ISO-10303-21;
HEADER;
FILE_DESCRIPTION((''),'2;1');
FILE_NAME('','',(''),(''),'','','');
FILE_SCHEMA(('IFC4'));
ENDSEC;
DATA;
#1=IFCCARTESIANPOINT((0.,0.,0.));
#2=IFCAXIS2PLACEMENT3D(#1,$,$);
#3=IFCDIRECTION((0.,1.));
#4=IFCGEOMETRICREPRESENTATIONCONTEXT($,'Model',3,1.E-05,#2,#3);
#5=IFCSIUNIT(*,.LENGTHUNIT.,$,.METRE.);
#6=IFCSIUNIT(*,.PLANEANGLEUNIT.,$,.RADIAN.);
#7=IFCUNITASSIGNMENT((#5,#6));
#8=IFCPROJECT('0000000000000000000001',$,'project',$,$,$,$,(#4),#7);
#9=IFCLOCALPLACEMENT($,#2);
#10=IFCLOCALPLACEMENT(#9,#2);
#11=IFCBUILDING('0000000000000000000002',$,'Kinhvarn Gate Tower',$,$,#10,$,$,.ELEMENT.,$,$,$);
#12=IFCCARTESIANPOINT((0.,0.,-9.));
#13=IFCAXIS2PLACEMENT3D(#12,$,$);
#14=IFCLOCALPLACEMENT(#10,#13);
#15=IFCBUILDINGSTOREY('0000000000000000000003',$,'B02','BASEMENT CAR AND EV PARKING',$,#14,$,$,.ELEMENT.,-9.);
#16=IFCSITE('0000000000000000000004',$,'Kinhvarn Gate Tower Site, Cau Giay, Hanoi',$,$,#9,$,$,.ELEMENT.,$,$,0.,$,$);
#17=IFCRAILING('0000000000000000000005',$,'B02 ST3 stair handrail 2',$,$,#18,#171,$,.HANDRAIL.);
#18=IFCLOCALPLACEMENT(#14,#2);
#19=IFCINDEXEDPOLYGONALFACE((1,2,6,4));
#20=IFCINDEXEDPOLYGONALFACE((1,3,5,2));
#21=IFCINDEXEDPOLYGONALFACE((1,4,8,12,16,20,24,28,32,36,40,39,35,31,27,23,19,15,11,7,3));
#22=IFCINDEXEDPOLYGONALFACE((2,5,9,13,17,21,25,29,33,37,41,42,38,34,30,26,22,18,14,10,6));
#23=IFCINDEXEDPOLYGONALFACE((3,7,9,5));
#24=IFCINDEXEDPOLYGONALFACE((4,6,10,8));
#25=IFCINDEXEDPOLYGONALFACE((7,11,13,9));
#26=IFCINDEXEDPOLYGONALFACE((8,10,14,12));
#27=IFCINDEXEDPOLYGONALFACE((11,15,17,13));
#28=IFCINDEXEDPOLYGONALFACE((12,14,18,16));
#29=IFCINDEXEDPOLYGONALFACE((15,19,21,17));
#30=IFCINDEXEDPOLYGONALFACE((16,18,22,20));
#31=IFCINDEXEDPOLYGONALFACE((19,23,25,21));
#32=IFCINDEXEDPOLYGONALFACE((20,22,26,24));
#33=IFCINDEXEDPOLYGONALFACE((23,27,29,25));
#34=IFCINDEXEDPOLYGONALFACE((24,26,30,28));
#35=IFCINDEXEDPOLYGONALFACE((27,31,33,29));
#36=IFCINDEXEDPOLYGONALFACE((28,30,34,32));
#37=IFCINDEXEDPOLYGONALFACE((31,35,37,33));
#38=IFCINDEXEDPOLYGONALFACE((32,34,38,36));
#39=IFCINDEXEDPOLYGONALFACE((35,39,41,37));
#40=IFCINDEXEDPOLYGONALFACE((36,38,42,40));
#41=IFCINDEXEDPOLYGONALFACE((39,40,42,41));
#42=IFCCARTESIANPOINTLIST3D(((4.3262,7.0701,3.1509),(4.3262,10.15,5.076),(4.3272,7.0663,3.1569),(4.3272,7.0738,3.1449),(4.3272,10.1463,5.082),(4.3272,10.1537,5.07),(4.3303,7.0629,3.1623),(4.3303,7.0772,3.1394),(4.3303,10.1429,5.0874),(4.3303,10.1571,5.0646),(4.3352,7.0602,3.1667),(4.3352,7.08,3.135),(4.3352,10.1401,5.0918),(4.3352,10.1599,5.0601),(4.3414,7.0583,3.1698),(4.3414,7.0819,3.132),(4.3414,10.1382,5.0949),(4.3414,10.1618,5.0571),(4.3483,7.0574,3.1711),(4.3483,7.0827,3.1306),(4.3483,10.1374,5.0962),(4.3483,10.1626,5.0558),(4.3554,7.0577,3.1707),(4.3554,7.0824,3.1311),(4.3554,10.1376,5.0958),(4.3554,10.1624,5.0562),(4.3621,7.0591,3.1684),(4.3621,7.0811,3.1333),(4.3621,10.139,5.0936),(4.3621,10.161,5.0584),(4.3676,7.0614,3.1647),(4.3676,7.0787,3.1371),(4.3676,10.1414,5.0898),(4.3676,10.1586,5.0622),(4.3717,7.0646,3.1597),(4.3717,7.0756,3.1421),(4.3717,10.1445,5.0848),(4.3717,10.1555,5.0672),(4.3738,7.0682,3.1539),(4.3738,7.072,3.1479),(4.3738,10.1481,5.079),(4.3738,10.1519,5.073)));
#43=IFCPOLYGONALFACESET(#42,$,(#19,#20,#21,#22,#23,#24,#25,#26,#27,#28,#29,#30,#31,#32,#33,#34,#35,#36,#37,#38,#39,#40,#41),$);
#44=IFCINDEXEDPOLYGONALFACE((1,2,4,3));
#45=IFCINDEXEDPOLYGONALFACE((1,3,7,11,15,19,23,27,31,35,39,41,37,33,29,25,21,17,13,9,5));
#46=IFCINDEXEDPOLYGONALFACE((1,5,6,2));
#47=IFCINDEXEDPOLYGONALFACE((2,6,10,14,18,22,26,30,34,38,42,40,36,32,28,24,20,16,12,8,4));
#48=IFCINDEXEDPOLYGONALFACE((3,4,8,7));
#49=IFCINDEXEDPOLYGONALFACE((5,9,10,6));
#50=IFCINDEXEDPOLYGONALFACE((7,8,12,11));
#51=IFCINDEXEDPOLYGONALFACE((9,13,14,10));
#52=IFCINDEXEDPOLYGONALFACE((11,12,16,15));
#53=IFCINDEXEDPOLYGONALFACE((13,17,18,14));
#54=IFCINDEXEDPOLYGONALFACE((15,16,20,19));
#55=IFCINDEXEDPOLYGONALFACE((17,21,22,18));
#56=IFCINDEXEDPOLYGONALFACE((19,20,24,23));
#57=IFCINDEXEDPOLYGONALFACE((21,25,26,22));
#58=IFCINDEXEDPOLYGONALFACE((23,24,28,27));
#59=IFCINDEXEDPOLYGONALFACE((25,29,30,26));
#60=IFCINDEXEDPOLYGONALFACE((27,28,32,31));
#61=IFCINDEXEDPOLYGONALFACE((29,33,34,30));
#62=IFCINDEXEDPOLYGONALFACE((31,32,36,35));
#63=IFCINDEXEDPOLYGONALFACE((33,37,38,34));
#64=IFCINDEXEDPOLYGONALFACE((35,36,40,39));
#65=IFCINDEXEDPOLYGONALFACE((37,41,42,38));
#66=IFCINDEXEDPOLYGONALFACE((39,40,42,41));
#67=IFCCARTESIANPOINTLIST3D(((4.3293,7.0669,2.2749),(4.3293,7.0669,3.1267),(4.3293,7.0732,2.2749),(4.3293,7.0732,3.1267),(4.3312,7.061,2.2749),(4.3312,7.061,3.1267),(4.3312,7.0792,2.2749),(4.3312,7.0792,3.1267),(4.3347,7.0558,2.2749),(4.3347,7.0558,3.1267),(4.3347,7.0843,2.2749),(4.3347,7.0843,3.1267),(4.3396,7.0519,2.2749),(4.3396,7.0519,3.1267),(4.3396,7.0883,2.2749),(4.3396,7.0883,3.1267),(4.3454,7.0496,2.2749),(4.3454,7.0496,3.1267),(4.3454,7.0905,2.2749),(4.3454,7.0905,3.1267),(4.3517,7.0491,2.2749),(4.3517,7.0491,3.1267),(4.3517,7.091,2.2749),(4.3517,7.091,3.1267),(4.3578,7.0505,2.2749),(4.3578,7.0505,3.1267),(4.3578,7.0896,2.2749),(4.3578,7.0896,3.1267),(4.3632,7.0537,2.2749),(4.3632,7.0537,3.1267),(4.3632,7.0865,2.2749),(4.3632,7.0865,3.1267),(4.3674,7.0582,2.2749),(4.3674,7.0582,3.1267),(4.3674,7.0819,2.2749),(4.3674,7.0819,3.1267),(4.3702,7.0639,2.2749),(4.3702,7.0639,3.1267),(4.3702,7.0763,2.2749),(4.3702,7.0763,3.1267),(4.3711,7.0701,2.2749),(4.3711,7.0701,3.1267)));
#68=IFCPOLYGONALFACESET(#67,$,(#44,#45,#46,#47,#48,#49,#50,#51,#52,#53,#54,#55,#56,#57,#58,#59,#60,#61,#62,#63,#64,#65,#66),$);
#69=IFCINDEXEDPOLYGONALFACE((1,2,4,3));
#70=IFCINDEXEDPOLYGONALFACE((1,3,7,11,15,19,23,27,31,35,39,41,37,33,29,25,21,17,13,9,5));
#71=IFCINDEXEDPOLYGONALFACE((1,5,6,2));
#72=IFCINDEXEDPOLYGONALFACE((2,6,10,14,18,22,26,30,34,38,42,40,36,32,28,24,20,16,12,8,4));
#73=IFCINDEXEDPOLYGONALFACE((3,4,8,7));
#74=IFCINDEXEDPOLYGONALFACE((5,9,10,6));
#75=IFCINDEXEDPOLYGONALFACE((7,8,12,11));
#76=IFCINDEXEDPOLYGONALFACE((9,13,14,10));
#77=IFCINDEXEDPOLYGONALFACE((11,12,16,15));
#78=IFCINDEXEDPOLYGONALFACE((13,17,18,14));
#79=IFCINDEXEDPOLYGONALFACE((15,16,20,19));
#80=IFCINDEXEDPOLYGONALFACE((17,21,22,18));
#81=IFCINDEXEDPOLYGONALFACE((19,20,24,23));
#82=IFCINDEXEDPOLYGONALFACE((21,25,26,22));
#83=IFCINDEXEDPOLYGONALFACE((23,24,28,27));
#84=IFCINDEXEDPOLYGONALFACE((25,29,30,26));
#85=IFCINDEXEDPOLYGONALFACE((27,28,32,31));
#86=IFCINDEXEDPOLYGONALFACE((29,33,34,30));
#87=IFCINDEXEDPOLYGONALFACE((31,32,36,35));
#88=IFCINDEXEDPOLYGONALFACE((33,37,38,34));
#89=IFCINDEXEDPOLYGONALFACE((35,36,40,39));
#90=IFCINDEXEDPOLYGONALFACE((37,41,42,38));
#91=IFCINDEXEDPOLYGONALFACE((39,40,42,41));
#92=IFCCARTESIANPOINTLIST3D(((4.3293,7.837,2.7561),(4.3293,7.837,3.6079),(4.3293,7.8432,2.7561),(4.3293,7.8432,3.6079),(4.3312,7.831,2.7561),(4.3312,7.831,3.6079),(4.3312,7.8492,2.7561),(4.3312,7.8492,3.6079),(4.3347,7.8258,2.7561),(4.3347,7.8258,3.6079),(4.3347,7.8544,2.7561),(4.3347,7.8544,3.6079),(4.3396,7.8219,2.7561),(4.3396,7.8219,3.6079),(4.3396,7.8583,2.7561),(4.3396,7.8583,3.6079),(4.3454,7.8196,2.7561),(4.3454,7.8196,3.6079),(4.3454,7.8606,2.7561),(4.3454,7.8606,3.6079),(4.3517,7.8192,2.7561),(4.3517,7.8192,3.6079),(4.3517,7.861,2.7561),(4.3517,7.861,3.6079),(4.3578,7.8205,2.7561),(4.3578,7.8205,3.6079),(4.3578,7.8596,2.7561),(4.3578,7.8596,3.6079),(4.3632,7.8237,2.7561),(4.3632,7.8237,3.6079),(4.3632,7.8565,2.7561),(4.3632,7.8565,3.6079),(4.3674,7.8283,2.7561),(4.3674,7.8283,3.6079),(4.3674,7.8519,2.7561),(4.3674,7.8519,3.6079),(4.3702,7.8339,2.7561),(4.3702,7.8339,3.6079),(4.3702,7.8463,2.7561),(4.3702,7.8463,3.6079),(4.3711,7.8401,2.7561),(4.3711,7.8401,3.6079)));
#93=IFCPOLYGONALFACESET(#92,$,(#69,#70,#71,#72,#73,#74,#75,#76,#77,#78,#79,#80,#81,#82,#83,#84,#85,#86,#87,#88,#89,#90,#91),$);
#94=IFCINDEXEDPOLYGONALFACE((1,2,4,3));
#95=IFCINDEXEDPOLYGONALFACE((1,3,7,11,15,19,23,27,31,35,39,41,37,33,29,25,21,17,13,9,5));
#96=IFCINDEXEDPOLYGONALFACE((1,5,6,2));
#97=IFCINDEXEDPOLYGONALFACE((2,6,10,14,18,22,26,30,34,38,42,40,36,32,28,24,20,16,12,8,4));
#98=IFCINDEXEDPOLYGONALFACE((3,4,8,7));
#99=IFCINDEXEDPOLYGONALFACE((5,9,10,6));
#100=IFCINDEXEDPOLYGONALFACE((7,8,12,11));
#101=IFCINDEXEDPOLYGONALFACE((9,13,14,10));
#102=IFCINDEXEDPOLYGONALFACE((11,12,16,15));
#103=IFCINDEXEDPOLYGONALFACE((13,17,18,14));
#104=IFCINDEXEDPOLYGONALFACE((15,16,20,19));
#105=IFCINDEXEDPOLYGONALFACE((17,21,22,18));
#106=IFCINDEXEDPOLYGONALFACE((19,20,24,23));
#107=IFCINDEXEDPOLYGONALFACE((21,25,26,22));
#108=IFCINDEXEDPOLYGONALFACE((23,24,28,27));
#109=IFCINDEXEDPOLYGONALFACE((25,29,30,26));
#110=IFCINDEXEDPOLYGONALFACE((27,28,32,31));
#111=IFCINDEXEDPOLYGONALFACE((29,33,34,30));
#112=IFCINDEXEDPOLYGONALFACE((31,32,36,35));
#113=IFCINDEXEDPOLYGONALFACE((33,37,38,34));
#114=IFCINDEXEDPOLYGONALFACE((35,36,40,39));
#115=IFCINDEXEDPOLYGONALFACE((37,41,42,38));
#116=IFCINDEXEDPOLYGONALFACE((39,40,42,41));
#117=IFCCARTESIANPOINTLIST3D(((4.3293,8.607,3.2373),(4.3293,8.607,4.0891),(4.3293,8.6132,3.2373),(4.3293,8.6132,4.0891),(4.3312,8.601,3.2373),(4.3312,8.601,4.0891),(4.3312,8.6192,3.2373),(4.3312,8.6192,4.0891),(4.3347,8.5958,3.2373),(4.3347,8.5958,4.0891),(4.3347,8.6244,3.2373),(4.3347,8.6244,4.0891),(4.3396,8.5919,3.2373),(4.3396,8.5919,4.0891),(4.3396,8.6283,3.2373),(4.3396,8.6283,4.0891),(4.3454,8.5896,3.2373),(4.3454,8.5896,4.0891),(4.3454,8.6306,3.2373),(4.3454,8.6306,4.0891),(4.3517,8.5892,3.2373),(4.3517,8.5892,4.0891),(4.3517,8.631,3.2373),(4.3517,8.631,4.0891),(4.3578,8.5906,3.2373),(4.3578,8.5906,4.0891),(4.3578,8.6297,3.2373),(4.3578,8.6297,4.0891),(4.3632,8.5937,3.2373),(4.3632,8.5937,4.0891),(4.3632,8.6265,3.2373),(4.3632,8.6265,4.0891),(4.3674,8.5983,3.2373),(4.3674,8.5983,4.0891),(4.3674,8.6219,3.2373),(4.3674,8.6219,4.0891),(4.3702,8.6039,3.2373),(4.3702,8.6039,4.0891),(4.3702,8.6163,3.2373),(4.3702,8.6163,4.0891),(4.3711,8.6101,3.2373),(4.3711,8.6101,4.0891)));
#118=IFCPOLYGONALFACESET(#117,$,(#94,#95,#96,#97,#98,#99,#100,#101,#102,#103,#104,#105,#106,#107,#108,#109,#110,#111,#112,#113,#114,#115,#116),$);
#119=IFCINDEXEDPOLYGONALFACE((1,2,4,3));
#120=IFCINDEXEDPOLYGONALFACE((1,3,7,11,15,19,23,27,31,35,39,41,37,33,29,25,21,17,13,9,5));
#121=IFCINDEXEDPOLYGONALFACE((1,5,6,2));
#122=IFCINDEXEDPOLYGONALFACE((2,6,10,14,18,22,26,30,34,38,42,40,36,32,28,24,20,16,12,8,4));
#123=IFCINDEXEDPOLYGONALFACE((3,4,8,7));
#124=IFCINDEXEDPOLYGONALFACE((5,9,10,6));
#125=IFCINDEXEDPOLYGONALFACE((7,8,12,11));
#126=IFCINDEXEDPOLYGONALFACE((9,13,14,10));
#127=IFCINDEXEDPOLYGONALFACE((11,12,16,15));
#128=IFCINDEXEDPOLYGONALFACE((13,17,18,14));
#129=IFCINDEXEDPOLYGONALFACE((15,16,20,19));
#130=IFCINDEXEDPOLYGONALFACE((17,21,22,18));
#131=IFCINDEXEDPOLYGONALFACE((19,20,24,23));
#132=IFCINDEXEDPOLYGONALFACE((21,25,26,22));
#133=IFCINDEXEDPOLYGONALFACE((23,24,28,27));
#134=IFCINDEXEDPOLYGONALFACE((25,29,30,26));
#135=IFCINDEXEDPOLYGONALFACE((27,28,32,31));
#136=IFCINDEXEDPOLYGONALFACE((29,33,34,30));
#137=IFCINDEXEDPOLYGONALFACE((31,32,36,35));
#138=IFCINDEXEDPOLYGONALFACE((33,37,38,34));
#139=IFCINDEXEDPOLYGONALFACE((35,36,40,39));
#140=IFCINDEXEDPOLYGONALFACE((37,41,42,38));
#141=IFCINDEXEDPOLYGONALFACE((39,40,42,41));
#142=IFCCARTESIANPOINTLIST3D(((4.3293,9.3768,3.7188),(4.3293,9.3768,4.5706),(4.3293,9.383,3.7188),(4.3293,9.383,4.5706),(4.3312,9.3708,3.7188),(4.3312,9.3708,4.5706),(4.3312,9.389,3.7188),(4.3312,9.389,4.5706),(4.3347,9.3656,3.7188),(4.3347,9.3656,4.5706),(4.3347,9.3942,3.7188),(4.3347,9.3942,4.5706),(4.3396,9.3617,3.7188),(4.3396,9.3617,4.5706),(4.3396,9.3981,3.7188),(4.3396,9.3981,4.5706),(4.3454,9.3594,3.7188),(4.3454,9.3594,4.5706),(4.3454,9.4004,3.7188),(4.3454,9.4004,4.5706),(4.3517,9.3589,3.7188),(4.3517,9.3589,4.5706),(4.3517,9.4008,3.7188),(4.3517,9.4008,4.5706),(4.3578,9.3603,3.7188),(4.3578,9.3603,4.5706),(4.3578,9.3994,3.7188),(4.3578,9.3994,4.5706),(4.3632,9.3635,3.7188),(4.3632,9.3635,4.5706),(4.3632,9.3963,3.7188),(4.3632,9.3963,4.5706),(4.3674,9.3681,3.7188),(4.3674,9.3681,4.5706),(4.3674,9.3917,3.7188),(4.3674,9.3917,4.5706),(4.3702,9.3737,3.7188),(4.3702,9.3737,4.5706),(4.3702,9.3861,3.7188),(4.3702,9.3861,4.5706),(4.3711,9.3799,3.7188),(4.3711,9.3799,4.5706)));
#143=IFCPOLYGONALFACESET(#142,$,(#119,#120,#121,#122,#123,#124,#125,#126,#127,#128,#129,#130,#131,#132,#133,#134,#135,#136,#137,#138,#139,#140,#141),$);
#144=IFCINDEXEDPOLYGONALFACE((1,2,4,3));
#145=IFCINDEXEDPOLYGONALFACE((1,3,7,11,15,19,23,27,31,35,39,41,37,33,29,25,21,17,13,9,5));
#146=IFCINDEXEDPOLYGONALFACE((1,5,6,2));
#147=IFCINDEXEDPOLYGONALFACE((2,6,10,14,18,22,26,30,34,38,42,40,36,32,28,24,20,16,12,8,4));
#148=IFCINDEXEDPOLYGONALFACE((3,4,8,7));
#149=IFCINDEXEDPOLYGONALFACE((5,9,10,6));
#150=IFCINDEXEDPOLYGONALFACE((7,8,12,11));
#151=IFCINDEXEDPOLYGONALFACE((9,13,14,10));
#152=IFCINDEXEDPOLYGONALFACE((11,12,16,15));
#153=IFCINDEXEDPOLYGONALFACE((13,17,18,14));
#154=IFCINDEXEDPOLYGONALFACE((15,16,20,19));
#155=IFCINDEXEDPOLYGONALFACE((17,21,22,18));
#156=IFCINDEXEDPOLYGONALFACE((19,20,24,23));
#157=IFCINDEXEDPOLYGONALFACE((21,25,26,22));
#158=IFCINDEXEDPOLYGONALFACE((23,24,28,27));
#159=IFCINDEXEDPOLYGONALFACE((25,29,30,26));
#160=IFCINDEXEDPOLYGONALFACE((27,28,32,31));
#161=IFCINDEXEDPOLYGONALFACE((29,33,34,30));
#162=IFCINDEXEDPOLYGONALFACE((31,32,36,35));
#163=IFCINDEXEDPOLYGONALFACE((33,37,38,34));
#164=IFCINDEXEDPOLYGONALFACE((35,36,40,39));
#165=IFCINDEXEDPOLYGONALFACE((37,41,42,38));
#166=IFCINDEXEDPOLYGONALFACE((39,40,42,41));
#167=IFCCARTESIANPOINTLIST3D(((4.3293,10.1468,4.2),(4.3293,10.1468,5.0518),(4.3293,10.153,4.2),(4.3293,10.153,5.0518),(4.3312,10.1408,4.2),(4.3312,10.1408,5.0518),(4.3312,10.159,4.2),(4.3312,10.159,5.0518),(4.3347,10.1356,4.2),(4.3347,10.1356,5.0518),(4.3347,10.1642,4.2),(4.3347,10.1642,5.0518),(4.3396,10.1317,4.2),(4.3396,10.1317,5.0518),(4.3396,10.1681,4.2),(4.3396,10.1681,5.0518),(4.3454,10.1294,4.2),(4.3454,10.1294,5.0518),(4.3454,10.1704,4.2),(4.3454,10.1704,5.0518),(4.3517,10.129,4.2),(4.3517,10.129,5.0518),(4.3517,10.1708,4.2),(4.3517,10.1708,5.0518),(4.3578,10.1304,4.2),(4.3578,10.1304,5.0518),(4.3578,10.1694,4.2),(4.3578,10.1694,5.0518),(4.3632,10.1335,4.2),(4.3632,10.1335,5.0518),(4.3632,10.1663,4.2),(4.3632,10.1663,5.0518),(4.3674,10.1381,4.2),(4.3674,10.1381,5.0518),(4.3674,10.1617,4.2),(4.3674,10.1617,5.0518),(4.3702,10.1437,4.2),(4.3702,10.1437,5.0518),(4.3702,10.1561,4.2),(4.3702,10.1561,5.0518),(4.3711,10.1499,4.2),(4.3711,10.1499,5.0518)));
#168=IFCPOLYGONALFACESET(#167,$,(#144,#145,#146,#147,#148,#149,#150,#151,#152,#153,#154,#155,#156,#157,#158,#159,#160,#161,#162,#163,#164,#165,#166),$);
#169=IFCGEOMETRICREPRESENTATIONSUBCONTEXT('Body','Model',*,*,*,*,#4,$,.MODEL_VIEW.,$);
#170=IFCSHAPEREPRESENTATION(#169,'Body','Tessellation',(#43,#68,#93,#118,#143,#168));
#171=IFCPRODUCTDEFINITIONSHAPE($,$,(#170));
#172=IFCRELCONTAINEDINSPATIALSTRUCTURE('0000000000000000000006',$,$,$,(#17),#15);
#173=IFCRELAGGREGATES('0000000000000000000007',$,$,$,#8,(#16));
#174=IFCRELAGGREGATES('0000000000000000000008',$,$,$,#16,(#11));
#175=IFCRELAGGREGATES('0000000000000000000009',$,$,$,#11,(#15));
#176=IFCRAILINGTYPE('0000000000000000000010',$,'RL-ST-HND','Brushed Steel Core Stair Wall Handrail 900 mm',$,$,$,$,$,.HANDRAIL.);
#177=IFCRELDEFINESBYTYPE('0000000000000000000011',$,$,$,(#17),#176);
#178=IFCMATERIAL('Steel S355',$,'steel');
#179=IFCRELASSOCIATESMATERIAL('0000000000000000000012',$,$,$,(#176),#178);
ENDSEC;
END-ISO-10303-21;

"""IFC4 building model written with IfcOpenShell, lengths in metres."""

from ifc_helpers import new_model, si_unit, direction, frame, origin, origin_2d, place, context, subcontext, project, spatial, circle, extrude, material, type_object, element, save


model = new_model("IFC4")

# Units and contexts
model_context = context("Model", 3, precision=1e-05, world=origin(), true_north=direction((0.0, 1.0)))
body_context = subcontext(model_context, "Body", "Model", "MODEL_VIEW")
ifc_project = project(units=[si_unit("LENGTHUNIT", "METRE"), si_unit("PLANEANGLEUNIT", "RADIAN")], contexts=[model_context])

# Site, building, storey
site_placement = place(None, origin())
site = spatial("IfcSite", under=ifc_project, at=site_placement, Name="Kinhvarn Gate Tower Site, Cau Giay, Hanoi", CompositionType="ELEMENT", RefElevation=0.0)
building_placement = place(site_placement, origin())
building = spatial("IfcBuilding", under=site, at=building_placement, Name="Kinhvarn Gate Tower", CompositionType="ELEMENT")
storey_placement = place(building_placement, frame((0.0, 0.0, -9.0)))
storey = spatial("IfcBuildingStorey", under=building, at=storey_placement, Name="B02", Description="BASEMENT CAR AND EV PARKING", CompositionType="ELEMENT", Elevation=-9.0)

# Shared definitions
ifc_material_1 = material(Name="Steel S355", Category="steel")

# Railing
railing_type_1 = type_object("IfcRailingType", Name="RL-ST-HND", Description="Brushed Steel Core Stair Wall Handrail 900 mm", PredefinedType="HANDRAIL", material=ifc_material_1)
railing_1_placement = place(storey_placement, frame((4.3501, 7.0701, 2.2749)))
element("IfcRailing", 1, at=railing_1_placement, inside=storey, type_object=railing_type_1, Name="B02 ST3 stair handrail 2", PredefinedType="HANDRAIL", context=body_context, shape_type="SweptSolid", body=[
    extrude(circle(Radius=0.0239, at=origin_2d()), frame((0.0, 0.0, 0.876), z_axis=(0.0, 0.847979, 0.530029), x_axis=(-1.0, 0.0, 0.0)), (0.0, 0.0, 1.0), 3.6321),
    extrude(circle(Radius=0.021, at=origin_2d()), origin(), (0.0, 0.0, 1.0), 0.8518),
    extrude(circle(Radius=0.021, at=origin_2d()), frame((0.0, 0.77, 0.4812)), (0.0, 0.0, 1.0), 0.8518),
    extrude(circle(Radius=0.021, at=origin_2d()), frame((0.0, 1.54, 0.9624)), (0.0, 0.0, 1.0), 0.8518),
    extrude(circle(Radius=0.021, at=origin_2d()), frame((0.0, 2.3098, 1.4438)), (0.0, 0.0, 1.0), 0.8518),
    extrude(circle(Radius=0.021, at=origin_2d()), frame((0.0, 3.0798, 1.925)), (0.0, 0.0, 1.0), 0.8518),
])

save(model, "model.ifc")
